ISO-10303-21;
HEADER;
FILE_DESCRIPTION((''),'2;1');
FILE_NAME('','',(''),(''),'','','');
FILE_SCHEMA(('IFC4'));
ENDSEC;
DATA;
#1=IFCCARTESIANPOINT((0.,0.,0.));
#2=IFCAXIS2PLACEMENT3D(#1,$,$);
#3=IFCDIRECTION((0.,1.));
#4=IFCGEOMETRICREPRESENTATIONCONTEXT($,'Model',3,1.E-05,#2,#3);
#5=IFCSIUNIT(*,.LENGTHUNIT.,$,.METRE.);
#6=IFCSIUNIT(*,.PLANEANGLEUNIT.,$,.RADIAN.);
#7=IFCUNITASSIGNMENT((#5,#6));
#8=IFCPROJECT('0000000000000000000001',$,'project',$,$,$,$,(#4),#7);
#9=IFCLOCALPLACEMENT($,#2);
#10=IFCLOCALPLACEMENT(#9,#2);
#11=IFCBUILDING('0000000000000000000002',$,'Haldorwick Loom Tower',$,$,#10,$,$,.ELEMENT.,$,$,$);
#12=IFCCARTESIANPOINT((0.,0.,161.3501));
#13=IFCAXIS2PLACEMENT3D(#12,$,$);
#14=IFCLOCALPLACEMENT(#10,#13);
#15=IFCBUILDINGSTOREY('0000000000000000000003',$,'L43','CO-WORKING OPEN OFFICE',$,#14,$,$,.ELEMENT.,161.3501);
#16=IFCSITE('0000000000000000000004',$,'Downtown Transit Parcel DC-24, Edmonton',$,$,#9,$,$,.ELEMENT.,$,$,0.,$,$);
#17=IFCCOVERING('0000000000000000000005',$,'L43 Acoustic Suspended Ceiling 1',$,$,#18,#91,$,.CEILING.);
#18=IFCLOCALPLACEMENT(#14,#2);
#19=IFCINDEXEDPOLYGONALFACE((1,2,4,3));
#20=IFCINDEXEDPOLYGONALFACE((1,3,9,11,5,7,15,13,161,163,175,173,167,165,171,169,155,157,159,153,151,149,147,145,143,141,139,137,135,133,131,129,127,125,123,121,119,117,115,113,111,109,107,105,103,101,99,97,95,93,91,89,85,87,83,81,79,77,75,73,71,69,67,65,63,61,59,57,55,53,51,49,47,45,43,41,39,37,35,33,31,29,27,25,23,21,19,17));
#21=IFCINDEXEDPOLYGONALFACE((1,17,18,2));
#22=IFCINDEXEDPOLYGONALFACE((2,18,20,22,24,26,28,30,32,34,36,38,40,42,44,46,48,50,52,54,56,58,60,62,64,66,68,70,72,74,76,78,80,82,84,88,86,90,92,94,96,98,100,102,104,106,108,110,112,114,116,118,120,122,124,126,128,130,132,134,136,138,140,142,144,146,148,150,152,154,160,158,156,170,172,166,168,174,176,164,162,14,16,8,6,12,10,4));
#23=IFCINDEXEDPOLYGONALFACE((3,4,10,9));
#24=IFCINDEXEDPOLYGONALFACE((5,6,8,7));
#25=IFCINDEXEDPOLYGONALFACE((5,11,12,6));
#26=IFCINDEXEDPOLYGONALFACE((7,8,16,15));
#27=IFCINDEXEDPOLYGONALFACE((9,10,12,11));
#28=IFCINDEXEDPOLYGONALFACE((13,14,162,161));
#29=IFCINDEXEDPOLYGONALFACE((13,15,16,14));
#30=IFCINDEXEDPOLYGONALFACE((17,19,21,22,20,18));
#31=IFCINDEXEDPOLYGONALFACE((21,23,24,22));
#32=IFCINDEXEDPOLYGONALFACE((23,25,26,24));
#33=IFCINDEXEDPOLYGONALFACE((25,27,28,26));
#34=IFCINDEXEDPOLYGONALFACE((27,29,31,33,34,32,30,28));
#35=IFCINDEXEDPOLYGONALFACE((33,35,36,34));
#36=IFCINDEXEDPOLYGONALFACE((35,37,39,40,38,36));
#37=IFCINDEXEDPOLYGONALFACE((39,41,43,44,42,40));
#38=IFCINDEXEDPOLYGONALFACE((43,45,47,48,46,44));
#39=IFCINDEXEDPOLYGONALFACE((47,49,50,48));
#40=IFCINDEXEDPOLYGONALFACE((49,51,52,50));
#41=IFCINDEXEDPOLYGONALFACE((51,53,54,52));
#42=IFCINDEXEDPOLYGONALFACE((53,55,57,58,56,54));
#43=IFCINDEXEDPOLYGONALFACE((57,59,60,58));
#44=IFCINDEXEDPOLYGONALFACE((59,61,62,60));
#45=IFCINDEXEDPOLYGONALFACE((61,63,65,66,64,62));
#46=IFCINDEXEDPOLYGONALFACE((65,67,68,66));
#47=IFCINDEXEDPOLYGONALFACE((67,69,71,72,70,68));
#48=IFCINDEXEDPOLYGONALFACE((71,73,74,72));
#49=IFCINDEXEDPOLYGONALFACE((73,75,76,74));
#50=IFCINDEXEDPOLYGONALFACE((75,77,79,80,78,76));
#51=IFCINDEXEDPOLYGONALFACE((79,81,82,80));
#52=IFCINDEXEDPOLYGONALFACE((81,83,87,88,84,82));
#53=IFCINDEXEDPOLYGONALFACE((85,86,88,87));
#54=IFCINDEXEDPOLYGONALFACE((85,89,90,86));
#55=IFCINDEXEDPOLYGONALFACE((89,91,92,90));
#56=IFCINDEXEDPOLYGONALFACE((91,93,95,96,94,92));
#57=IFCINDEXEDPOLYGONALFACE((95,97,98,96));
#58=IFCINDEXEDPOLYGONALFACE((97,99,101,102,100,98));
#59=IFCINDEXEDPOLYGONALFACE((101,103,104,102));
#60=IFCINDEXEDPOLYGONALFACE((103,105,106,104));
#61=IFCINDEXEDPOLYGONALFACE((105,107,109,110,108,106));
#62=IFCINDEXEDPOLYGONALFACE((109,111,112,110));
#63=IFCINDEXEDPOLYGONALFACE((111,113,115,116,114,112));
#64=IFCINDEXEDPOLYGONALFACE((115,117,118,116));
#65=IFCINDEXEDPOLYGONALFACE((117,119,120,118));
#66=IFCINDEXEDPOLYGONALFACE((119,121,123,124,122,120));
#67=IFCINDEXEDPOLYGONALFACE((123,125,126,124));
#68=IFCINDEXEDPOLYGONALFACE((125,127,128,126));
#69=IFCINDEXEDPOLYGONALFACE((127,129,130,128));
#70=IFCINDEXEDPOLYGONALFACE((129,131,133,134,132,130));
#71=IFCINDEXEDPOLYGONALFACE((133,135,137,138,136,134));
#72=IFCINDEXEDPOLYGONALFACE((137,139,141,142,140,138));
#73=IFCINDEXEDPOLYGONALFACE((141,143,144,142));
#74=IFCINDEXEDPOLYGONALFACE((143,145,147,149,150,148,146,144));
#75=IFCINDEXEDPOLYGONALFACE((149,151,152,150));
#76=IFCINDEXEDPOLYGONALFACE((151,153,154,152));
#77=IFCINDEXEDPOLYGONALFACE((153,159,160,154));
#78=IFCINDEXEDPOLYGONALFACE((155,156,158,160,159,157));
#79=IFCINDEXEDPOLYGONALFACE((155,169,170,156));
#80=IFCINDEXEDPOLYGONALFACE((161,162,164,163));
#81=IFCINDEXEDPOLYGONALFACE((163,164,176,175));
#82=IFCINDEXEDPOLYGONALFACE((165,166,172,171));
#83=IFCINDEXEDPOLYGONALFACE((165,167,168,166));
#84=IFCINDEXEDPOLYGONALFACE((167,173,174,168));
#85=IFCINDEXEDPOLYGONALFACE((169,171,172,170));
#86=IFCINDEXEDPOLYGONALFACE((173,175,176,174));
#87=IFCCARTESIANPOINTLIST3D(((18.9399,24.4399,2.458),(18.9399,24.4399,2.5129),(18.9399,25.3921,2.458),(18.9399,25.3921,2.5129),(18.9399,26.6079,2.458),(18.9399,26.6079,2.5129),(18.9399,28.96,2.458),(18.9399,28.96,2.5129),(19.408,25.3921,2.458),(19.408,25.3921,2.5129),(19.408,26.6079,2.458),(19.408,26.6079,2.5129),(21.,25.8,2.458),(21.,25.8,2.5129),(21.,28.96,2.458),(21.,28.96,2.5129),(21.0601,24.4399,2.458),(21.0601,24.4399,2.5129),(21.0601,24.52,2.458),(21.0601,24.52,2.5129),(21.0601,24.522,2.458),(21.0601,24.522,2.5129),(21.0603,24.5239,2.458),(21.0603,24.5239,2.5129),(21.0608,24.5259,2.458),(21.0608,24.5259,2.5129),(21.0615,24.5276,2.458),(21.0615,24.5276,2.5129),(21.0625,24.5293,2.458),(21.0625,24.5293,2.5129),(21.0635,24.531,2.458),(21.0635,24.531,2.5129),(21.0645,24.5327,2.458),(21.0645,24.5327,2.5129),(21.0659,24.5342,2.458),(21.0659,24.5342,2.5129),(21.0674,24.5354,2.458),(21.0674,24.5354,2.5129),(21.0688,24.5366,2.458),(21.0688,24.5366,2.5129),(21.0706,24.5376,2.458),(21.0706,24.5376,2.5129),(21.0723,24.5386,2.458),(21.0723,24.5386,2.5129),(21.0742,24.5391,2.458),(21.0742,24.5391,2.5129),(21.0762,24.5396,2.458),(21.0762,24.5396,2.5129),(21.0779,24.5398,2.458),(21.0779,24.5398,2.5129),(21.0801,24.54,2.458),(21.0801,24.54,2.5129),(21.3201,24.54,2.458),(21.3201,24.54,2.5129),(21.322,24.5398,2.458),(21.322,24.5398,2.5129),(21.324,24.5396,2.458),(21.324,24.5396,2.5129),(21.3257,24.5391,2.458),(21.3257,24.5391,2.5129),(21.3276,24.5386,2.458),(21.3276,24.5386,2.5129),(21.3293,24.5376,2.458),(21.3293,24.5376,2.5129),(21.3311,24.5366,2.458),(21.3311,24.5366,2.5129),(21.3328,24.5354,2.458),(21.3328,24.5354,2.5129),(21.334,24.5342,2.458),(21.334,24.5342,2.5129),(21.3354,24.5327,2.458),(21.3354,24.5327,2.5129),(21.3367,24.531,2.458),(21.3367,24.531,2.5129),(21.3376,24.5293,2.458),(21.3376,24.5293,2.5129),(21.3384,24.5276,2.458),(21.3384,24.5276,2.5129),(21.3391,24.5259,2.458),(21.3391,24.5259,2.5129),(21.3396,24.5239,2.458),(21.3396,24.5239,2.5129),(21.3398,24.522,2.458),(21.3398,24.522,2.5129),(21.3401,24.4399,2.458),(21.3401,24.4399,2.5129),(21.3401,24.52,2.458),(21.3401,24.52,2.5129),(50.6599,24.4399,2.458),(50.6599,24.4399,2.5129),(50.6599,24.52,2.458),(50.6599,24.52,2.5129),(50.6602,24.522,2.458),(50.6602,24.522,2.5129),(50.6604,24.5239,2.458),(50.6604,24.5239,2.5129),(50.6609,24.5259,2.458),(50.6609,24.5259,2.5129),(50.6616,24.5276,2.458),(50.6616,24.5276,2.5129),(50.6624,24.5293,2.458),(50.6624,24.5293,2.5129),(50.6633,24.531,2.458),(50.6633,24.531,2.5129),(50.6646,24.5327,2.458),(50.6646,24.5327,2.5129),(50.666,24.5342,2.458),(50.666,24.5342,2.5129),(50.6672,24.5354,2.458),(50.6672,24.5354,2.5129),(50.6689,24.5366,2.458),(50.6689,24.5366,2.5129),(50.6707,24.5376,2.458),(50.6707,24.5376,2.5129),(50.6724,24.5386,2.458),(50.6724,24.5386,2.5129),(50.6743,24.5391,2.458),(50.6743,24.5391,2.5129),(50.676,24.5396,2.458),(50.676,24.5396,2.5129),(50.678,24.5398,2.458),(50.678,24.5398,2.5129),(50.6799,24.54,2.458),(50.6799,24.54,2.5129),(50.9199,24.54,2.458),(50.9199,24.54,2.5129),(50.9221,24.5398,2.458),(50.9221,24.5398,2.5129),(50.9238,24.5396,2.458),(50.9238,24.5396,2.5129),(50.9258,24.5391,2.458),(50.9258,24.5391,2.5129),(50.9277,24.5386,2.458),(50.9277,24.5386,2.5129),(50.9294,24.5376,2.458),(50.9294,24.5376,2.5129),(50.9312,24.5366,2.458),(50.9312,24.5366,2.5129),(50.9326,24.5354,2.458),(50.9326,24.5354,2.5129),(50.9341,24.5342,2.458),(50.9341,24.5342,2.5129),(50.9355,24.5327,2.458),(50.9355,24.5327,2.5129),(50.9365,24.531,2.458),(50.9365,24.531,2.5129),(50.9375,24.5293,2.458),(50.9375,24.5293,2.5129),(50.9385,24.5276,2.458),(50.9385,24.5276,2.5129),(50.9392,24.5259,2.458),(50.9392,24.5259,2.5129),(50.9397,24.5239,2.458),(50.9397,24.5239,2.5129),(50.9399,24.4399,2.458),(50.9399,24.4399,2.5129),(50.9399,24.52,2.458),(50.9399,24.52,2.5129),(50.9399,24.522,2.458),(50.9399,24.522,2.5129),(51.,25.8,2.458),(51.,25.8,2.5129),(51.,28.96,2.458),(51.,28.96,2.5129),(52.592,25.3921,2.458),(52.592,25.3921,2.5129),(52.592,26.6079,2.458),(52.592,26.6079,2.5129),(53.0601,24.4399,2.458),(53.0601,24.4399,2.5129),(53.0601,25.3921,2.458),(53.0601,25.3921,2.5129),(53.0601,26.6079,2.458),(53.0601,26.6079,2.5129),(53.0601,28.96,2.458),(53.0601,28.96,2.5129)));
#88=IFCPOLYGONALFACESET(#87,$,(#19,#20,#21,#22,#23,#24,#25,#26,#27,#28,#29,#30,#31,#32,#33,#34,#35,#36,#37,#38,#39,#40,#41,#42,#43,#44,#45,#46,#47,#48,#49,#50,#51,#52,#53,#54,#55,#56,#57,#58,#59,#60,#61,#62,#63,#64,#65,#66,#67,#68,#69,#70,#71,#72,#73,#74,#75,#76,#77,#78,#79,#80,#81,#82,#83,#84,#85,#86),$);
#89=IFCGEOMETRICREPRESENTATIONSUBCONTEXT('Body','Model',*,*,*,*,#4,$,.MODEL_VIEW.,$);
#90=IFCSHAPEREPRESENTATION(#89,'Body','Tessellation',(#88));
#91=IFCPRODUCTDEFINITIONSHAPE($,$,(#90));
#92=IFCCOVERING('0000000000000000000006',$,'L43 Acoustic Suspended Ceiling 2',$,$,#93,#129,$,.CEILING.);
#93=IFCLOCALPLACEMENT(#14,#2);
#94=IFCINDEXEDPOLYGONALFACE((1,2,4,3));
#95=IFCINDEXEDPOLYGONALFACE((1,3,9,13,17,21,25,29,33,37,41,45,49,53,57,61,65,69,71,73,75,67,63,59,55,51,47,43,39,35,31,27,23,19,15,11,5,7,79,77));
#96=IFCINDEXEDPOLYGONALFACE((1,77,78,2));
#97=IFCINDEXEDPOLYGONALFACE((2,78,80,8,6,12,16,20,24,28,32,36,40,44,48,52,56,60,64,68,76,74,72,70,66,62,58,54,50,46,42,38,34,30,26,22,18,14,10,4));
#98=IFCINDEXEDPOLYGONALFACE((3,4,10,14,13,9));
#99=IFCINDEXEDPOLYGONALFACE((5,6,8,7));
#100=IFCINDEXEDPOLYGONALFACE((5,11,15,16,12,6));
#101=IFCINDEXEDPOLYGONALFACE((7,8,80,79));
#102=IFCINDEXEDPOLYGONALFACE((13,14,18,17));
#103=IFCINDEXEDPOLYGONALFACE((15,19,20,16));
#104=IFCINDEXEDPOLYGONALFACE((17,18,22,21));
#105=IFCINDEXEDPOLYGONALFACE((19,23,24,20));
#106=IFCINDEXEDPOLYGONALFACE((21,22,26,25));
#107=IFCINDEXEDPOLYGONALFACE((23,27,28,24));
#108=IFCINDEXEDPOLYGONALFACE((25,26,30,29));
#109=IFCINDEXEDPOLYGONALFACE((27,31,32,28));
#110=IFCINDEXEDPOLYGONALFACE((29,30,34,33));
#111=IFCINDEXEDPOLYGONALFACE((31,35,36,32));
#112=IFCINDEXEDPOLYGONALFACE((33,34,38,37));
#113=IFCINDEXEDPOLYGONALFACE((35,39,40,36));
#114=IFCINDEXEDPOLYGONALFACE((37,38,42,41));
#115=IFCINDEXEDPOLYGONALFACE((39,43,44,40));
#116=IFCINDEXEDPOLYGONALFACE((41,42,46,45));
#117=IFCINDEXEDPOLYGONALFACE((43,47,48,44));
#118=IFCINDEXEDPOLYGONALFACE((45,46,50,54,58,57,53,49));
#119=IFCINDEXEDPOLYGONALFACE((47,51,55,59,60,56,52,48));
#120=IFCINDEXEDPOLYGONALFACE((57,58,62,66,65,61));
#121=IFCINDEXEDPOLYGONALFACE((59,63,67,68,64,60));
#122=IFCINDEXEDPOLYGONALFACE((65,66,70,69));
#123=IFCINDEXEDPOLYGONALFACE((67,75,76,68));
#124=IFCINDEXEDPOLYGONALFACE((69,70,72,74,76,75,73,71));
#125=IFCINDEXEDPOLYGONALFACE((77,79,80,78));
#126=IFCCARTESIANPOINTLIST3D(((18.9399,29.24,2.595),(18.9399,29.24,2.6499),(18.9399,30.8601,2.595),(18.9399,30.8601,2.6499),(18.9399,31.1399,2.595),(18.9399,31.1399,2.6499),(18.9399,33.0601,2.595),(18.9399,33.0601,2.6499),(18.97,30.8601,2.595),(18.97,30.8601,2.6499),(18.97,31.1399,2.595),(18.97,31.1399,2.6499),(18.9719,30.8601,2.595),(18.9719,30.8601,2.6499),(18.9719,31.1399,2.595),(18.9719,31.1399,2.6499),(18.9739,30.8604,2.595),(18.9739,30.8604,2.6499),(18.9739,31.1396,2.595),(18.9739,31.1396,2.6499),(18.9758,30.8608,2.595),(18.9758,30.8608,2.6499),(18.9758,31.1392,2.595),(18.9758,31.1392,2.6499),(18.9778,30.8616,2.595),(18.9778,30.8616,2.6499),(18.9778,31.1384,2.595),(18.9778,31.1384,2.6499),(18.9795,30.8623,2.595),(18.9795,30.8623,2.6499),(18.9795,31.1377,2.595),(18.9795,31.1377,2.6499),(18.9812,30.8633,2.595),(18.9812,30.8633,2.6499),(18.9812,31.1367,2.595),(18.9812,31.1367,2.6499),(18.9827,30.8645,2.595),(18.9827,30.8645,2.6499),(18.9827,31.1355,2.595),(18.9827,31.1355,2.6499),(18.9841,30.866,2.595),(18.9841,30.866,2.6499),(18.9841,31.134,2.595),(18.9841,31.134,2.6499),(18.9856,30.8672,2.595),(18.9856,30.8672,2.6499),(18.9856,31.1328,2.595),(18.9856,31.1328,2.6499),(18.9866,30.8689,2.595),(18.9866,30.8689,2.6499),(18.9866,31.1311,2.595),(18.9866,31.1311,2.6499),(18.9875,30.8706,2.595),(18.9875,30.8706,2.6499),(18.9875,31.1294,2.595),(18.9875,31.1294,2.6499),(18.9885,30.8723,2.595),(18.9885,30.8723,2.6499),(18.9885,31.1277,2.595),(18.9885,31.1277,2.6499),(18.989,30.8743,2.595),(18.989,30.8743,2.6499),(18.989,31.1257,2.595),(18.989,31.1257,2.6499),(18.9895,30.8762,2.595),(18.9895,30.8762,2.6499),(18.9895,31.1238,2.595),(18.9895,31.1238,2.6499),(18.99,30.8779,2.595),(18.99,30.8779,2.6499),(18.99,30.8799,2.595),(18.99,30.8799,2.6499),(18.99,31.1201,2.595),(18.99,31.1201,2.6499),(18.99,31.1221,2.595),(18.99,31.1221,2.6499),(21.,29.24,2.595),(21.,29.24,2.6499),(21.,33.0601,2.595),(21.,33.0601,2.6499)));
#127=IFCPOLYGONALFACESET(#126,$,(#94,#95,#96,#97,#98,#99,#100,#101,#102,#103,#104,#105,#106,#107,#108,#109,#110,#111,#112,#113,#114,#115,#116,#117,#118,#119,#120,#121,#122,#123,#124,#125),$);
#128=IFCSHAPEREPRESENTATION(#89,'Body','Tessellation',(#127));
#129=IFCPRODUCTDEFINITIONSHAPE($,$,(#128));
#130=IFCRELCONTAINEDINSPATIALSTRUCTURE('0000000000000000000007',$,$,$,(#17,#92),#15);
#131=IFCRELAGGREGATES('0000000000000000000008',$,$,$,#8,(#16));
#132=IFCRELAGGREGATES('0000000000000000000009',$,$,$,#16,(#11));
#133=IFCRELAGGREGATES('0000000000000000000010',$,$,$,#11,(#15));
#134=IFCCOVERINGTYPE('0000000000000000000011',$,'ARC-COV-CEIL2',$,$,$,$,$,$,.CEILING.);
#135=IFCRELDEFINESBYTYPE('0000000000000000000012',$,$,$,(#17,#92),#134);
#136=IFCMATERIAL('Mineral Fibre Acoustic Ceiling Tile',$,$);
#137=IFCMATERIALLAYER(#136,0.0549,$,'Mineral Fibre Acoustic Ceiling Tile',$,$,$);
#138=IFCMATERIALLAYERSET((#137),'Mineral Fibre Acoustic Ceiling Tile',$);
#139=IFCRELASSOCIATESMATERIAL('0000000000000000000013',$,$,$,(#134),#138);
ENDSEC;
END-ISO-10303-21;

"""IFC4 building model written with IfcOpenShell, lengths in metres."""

from ifc_helpers import new_model, si_unit, direction, frame, origin, place, context, subcontext, project, spatial, polyline, outline, extrude, material, layer, layer_set, type_object, element, save


model = new_model("IFC4")

# Units and contexts
model_context = context("Model", 3, precision=1e-05, world=origin(), true_north=direction((0.0, 1.0)))
body_context = subcontext(model_context, "Body", "Model", "MODEL_VIEW")
ifc_project = project(units=[si_unit("LENGTHUNIT", "METRE"), si_unit("PLANEANGLEUNIT", "RADIAN")], contexts=[model_context])

# Site, building, storey
site_placement = place(None, origin())
site = spatial("IfcSite", under=ifc_project, at=site_placement, Name="Downtown Transit Parcel DC-24, Edmonton", CompositionType="ELEMENT", RefElevation=0.0)
building_placement = place(site_placement, origin())
building = spatial("IfcBuilding", under=site, at=building_placement, Name="Haldorwick Loom Tower", CompositionType="ELEMENT")
storey_placement = place(building_placement, frame((0.0, 0.0, 161.3501)))
storey = spatial("IfcBuildingStorey", under=building, at=storey_placement, Name="L43", Description="CO-WORKING OPEN OFFICE", CompositionType="ELEMENT", Elevation=161.3501)

# Coverings
ifc_material_1 = material(Name="Mineral Fibre Acoustic Ceiling Tile")
ifc_layer_1 = layer(ifc_material_1, 0.0549, Name="Mineral Fibre Acoustic Ceiling Tile")
ifc_layer_set_1 = layer_set([ifc_layer_1], Name="Mineral Fibre Acoustic Ceiling Tile")
covering_type_1 = type_object("IfcCoveringType", Name="ARC-COV-CEIL2", PredefinedType="CEILING", material=ifc_layer_set_1)
covering_1_placement = place(storey_placement, frame((0.0, 0.0, 2.458)))
element("IfcCovering", 1, at=covering_1_placement, inside=storey, type_object=covering_type_1, Name="L43 Acoustic Suspended Ceiling 1", PredefinedType="CEILING", context=body_context, shape_type="SweptSolid", body=[
    extrude(outline(polyline([(21.3201, 24.54), (21.322, 24.5398), (21.324, 24.5396), (21.3257, 24.5391), (21.3276, 24.5386), (21.3293, 24.5376), (21.3311, 24.5366), (21.3328, 24.5354), (21.334, 24.5342), (21.3354, 24.5327), (21.3367, 24.531), (21.3376, 24.5293), (21.3384, 24.5276), (21.3391, 24.5259), (21.3396, 24.5239), (21.3398, 24.522), (21.3401, 24.52), (21.3401, 24.4399), (50.6599, 24.4399), (50.6599, 24.52), (50.6602, 24.522), (50.6604, 24.5239), (50.6609, 24.5259), (50.6616, 24.5276), (50.6624, 24.5293), (50.6633, 24.531), (50.6646, 24.5327), (50.666, 24.5342), (50.6672, 24.5354), (50.6689, 24.5366), (50.6707, 24.5376), (50.6724, 24.5386), (50.6743, 24.5391), (50.676, 24.5396), (50.678, 24.5398), (50.6799, 24.54), (50.9199, 24.54), (50.9221, 24.5398), (50.9238, 24.5396), (50.9258, 24.5391), (50.9277, 24.5386), (50.9294, 24.5376), (50.9312, 24.5366), (50.9326, 24.5354), (50.9341, 24.5342), (50.9355, 24.5327), (50.9365, 24.531), (50.9375, 24.5293), (50.9385, 24.5276), (50.9392, 24.5259), (50.9397, 24.5239), (50.9399, 24.522), (50.9399, 24.52), (50.9399, 24.4399), (53.0601, 24.4399), (53.0601, 25.3921), (52.592, 25.3921), (52.592, 26.6079), (53.0601, 26.6079), (53.0601, 28.96), (51.0, 28.96), (51.0, 25.8), (21.0, 25.8), (21.0, 28.96), (18.9399, 28.96), (18.9399, 26.6079), (19.408, 26.6079), (19.408, 25.3921), (18.9399, 25.3921), (18.9399, 24.4399), (21.0601, 24.4399), (21.0601, 24.52), (21.0601, 24.522), (21.0603, 24.5239), (21.0608, 24.5259), (21.0615, 24.5276), (21.0625, 24.5293), (21.0635, 24.531), (21.0645, 24.5327), (21.0659, 24.5342), (21.0674, 24.5354), (21.0688, 24.5366), (21.0706, 24.5376), (21.0723, 24.5386), (21.0742, 24.5391), (21.0762, 24.5396), (21.0779, 24.5398), (21.0801, 24.54), (21.3201, 24.54)])), origin(), (0.0, 0.0, 1.0), 0.0549),
])
covering_2_placement = place(storey_placement, frame((0.0, 0.0, 2.595)))
element("IfcCovering", 2, at=covering_2_placement, inside=storey, type_object=covering_type_1, Name="L43 Acoustic Suspended Ceiling 2", PredefinedType="CEILING", context=body_context, shape_type="SweptSolid", body=[
    extrude(outline(polyline([(18.97, 31.1399), (18.9719, 31.1399), (18.9739, 31.1396), (18.9758, 31.1392), (18.9778, 31.1384), (18.9795, 31.1377), (18.9812, 31.1367), (18.9827, 31.1355), (18.9841, 31.134), (18.9856, 31.1328), (18.9866, 31.1311), (18.9875, 31.1294), (18.9885, 31.1277), (18.989, 31.1257), (18.9895, 31.1238), (18.99, 31.1221), (18.99, 31.1201), (18.99, 30.8799), (18.99, 30.8779), (18.9895, 30.8762), (18.989, 30.8743), (18.9885, 30.8723), (18.9875, 30.8706), (18.9866, 30.8689), (18.9856, 30.8672), (18.9841, 30.866), (18.9827, 30.8645), (18.9812, 30.8633), (18.9795, 30.8623), (18.9778, 30.8616), (18.9758, 30.8608), (18.9739, 30.8604), (18.9719, 30.8601), (18.97, 30.8601), (18.9399, 30.8601), (18.9399, 29.24), (21.0, 29.24), (21.0, 33.0601), (18.9399, 33.0601), (18.9399, 31.1399), (18.97, 31.1399)])), origin(), (0.0, 0.0, 1.0), 0.0549),
])

save(model, "model.ifc")
